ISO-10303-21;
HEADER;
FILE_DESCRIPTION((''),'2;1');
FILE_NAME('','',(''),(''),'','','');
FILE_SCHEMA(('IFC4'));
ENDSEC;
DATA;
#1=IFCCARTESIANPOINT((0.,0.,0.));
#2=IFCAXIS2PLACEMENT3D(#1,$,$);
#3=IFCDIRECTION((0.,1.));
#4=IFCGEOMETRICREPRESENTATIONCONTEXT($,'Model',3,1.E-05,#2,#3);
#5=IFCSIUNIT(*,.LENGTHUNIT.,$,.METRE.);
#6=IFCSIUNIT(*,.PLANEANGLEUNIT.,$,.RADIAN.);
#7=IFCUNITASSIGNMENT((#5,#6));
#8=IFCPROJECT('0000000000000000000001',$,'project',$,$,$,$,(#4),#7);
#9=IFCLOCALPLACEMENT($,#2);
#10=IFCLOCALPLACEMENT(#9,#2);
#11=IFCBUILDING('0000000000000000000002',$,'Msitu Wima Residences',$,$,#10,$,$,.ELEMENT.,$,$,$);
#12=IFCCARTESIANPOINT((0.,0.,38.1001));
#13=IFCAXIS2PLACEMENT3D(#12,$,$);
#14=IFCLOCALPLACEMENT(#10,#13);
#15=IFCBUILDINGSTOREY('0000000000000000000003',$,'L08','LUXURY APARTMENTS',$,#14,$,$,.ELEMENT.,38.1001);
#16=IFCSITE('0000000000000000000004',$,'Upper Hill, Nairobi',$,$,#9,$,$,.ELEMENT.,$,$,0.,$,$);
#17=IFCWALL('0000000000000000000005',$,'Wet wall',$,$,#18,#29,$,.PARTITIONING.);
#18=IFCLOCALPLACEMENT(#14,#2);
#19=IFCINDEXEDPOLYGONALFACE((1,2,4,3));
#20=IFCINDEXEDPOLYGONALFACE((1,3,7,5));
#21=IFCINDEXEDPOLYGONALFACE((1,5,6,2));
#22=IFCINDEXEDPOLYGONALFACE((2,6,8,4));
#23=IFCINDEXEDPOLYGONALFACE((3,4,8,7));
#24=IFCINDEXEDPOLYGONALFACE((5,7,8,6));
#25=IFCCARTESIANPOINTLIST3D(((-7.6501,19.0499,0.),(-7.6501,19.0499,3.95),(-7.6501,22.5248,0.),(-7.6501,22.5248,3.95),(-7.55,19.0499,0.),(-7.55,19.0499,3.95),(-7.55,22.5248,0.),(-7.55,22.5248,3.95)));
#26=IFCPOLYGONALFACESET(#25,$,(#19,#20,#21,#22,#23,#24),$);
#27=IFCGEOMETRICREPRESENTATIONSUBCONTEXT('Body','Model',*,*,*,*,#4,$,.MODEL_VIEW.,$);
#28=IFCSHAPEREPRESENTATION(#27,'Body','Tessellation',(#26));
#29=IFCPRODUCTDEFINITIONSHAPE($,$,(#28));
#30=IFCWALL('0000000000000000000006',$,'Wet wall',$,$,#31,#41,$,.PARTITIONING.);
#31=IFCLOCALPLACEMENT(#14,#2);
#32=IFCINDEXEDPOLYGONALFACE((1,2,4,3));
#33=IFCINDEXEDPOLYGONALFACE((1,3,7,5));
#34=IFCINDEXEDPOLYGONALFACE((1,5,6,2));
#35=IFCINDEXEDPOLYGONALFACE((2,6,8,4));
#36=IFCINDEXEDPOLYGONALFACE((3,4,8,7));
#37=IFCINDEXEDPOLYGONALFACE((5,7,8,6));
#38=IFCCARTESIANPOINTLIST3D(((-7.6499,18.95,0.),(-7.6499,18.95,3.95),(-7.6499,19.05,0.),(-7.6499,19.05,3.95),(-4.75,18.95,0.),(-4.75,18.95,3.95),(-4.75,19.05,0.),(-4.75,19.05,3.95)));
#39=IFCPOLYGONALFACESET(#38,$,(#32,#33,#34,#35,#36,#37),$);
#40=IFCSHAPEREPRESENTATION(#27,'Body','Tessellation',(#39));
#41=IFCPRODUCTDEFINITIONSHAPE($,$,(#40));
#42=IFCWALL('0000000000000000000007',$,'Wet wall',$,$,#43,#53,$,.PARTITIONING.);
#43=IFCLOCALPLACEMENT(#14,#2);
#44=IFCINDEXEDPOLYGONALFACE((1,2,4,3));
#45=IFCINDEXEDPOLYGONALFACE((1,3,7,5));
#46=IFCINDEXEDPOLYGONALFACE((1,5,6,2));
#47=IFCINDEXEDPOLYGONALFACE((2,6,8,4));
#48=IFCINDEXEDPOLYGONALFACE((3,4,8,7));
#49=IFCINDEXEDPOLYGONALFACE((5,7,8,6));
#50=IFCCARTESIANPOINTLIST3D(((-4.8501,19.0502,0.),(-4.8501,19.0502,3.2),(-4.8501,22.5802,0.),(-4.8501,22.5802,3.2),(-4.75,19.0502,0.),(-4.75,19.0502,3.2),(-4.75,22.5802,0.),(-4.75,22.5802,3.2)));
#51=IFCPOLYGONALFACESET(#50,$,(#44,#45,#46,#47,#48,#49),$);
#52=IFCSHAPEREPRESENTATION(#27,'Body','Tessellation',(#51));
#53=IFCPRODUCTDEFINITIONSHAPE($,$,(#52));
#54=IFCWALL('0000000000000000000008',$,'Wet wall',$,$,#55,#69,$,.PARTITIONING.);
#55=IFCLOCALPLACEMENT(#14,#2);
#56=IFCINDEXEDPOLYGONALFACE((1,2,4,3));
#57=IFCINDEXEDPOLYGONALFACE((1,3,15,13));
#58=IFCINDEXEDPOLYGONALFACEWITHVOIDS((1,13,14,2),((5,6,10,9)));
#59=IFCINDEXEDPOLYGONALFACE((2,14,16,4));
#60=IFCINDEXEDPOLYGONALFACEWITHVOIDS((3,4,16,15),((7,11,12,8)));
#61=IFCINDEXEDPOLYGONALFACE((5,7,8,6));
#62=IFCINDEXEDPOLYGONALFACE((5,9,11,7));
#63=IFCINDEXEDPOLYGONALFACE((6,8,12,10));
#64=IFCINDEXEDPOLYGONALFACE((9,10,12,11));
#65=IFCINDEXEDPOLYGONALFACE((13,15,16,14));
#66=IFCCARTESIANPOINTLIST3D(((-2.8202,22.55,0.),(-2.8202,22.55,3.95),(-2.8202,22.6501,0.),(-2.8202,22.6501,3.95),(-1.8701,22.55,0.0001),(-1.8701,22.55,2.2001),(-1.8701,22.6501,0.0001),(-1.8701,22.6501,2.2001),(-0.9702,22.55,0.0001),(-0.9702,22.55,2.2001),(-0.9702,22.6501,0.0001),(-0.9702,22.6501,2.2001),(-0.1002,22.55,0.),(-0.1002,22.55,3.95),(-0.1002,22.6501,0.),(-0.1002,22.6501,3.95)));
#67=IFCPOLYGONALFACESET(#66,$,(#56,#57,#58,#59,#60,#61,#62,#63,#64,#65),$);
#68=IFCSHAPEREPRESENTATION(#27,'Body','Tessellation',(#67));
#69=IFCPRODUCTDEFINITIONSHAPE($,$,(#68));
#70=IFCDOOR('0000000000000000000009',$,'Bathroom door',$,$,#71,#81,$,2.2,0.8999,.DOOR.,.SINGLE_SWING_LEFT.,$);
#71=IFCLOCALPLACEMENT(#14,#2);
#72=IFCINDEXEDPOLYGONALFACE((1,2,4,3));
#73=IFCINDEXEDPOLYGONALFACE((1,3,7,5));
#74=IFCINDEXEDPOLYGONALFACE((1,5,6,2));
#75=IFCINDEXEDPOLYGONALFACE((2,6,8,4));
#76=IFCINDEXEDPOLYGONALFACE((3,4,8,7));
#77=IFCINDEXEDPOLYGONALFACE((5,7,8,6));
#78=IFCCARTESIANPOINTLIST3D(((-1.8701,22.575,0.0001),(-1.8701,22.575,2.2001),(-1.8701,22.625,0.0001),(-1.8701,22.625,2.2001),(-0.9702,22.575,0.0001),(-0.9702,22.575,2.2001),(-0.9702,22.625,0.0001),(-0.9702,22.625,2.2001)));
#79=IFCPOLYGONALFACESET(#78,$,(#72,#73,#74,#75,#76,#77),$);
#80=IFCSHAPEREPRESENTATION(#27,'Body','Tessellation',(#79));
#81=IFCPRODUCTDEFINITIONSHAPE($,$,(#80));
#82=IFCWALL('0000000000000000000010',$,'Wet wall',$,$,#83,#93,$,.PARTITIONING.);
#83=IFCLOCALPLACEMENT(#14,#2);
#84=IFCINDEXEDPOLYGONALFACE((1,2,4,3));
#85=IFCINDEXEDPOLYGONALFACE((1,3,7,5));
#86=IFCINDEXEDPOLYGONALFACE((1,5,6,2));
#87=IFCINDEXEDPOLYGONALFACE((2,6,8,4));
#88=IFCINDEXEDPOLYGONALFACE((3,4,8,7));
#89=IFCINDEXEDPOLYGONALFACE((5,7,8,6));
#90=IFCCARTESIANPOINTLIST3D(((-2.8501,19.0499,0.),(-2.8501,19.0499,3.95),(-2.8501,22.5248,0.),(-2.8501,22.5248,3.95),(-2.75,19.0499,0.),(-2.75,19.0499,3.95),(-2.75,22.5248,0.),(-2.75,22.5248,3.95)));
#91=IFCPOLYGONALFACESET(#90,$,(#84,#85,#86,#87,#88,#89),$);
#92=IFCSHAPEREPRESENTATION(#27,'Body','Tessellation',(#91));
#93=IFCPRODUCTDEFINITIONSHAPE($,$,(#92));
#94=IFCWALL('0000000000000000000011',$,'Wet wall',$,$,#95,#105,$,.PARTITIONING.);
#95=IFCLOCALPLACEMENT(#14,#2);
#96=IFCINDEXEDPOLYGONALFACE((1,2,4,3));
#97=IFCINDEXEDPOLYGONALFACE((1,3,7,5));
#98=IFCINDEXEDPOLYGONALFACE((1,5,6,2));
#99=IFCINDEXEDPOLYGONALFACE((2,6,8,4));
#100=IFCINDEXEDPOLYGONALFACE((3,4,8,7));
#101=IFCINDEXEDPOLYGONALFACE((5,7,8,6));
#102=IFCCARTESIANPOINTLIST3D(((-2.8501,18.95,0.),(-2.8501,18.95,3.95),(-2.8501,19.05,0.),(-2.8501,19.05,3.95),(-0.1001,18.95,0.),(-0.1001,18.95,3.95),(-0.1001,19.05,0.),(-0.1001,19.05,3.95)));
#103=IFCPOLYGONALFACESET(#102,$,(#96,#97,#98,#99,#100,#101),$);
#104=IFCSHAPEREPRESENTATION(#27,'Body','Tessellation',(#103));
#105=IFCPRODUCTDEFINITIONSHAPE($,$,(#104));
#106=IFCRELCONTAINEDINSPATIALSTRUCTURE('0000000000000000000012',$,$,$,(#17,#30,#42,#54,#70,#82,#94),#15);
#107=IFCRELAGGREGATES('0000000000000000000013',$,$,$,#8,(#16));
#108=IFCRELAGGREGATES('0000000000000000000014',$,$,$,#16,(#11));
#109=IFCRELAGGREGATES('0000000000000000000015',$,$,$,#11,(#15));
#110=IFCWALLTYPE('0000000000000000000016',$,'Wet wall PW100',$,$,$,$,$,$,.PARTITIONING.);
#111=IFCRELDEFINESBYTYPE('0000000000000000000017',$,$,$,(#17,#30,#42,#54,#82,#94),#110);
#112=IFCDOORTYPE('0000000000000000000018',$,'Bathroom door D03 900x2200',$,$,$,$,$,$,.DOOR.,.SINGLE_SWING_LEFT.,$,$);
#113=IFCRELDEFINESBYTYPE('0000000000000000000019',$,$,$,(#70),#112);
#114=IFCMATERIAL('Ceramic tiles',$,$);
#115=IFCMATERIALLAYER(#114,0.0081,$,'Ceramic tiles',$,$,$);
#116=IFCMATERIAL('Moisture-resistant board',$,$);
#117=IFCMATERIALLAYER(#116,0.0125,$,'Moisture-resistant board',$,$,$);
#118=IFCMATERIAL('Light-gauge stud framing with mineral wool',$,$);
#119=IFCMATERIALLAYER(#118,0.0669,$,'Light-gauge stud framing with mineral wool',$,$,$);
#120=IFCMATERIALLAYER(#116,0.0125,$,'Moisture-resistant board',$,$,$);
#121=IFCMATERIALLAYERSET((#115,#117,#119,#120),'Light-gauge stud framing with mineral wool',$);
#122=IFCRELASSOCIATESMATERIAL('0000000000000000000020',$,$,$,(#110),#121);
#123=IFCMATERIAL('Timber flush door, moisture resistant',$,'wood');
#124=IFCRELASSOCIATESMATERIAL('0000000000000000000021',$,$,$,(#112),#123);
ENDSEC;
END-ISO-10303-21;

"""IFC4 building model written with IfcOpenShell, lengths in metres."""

from ifc_helpers import new_model, si_unit, direction, frame, frame_2d, origin, place, context, subcontext, project, spatial, rectangle, extrude, material, layer, layer_set, type_object, element, fill, save


model = new_model("IFC4")

# Units and contexts
model_context = context("Model", 3, precision=1e-05, world=origin(), true_north=direction((0.0, 1.0)))
body_context = subcontext(model_context, "Body", "Model", "MODEL_VIEW")
ifc_project = project(units=[si_unit("LENGTHUNIT", "METRE"), si_unit("PLANEANGLEUNIT", "RADIAN")], contexts=[model_context])

# Site, building, storey
site_placement = place(None, origin())
site = spatial("IfcSite", under=ifc_project, at=site_placement, Name="Upper Hill, Nairobi", CompositionType="ELEMENT", RefElevation=0.0)
building_placement = place(site_placement, origin())
building = spatial("IfcBuilding", under=site, at=building_placement, Name="Msitu Wima Residences", CompositionType="ELEMENT")
storey_placement = place(building_placement, frame((0.0, 0.0, 38.1001)))
storey = spatial("IfcBuildingStorey", under=building, at=storey_placement, Name="L08", Description="LUXURY APARTMENTS", CompositionType="ELEMENT", Elevation=38.1001)

# Shared definitions
ifc_material_1 = material(Name="Ceramic tiles")
ifc_layer_1 = layer(ifc_material_1, 0.0081, Name="Ceramic tiles")
ifc_material_2 = material(Name="Moisture-resistant board")
ifc_layer_2 = layer(ifc_material_2, 0.0125, Name="Moisture-resistant board")
ifc_material_3 = material(Name="Light-gauge stud framing with mineral wool")
ifc_layer_3 = layer(ifc_material_3, 0.0669, Name="Light-gauge stud framing with mineral wool")
ifc_layer_4 = layer(ifc_material_2, 0.0125, Name="Moisture-resistant board")
ifc_layer_set_1 = layer_set([ifc_layer_1, ifc_layer_2, ifc_layer_3, ifc_layer_4], Name="Light-gauge stud framing with mineral wool")
wall_type_1 = type_object("IfcWallType", Name="Wet wall PW100", PredefinedType="PARTITIONING", material=ifc_layer_set_1)

# Shared definitions
ifc_material_4 = material(Name="Timber flush door, moisture resistant", Category="wood")
door_type_1 = type_object("IfcDoorType", Name="Bathroom door D03 900x2200", OperationType="SINGLE_SWING_LEFT", PredefinedType="DOOR", material=ifc_material_4)

# Walls
wall_1_placement = place(storey_placement, frame((-7.6001, 19.05, 0.0), z_axis=(0.0, 0.0, 1.0), x_axis=(0.0, 1.0, 0.0)))
element("IfcWall", 1, at=wall_1_placement, inside=storey, type_object=wall_type_1, Name="Wet wall", PredefinedType="PARTITIONING", context=body_context, shape_type="SweptSolid", body=[
    extrude(rectangle(XDim=3.4749, YDim=0.1001, at=frame_2d((1.7373, 0.0))), origin(), (0.0, 0.0, 1.0), 3.95),
])
wall_2_placement = place(storey_placement, frame((-7.6499, 19.0, 0.0), z_axis=(0.0, 0.0, 1.0), x_axis=(1.0, 0.0, 0.0)))
element("IfcWall", 2, at=wall_2_placement, inside=storey, type_object=wall_type_1, Name="Wet wall", PredefinedType="PARTITIONING", context=body_context, shape_type="SweptSolid", body=[
    extrude(rectangle(XDim=2.8999, YDim=0.1001, at=frame_2d((1.45, 0.0))), origin(), (0.0, 0.0, 1.0), 3.95),
])
wall_3_placement = place(storey_placement, frame((-4.8, 19.05, 0.0), z_axis=(0.0, 0.0, 1.0), x_axis=(0.0, 1.0, 0.0)))
element("IfcWall", 3, at=wall_3_placement, inside=storey, type_object=wall_type_1, Name="Wet wall", PredefinedType="PARTITIONING", context=body_context, shape_type="SweptSolid", body=[
    extrude(rectangle(XDim=3.53, YDim=0.1001, at=frame_2d((1.7651, 0.0))), origin(), (0.0, 0.0, 1.0), 3.2),
])

# Wall, opening, door
wall_4_placement = place(storey_placement, frame((-2.8201, 22.6001, 0.0), z_axis=(0.0, 0.0, 1.0), x_axis=(1.0, 0.0, 0.0)))
wall_4 = element("IfcWall", 4, at=wall_4_placement, inside=storey, type_object=wall_type_1, Name="Wet wall", PredefinedType="PARTITIONING", context=body_context, shape_type="SweptSolid", body=[
    extrude(rectangle(XDim=2.72, YDim=0.1001, at=frame_2d((1.3599, 0.0))), origin(), (0.0, 0.0, 1.0), 3.95),
])
opening_1_placement = place(wall_4_placement, frame((0.95, 0.0, 0.0)))
opening_1 = element("IfcOpeningElement", 5, at=opening_1_placement, cuts=wall_4, PredefinedType="OPENING", context=body_context, shape_type="SweptSolid", body=[
    extrude(rectangle(XDim=0.8999, YDim=2.2, at=frame_2d((0.45, 1.1001))), frame((0.0, 0.0601, 0.0), z_axis=(0.0, -1.0, 0.0), x_axis=(1.0, 0.0, 0.0)), (0.0, 0.0, 1.0), 0.1201),
])
door_1_placement = place(opening_1_placement, origin())
door_1 = element("IfcDoor", 6, at=door_1_placement, inside=storey, type_object=door_type_1, Name="Bathroom door", OperationType="SINGLE_SWING_LEFT", OverallHeight=2.2, OverallWidth=0.8999, PredefinedType="DOOR", context=body_context, shape_type="SweptSolid", body=[
    extrude(rectangle(XDim=0.8999, YDim=2.2, at=frame_2d((0.45, 1.1001))), frame((0.0, 0.0249, 0.0), z_axis=(0.0, -1.0, 0.0), x_axis=(1.0, 0.0, 0.0)), (0.0, 0.0, 1.0), 0.05),
])
fill(opening_1, door_1)

# Walls
wall_5_placement = place(storey_placement, frame((-2.8, 19.05, 0.0), z_axis=(0.0, 0.0, 1.0), x_axis=(0.0, 1.0, 0.0)))
element("IfcWall", 7, at=wall_5_placement, inside=storey, type_object=wall_type_1, Name="Wet wall", PredefinedType="PARTITIONING", context=body_context, shape_type="SweptSolid", body=[
    extrude(rectangle(XDim=3.4749, YDim=0.1001, at=frame_2d((1.7373, 0.0))), origin(), (0.0, 0.0, 1.0), 3.95),
])
wall_6_placement = place(storey_placement, frame((-2.8501, 19.0, 0.0), z_axis=(0.0, 0.0, 1.0), x_axis=(1.0, 0.0, 0.0)))
element("IfcWall", 8, at=wall_6_placement, inside=storey, type_object=wall_type_1, Name="Wet wall", PredefinedType="PARTITIONING", context=body_context, shape_type="SweptSolid", body=[
    extrude(rectangle(XDim=2.75, YDim=0.1001, at=frame_2d((1.375, 0.0))), origin(), (0.0, 0.0, 1.0), 3.95),
])

save(model, "model.ifc")
